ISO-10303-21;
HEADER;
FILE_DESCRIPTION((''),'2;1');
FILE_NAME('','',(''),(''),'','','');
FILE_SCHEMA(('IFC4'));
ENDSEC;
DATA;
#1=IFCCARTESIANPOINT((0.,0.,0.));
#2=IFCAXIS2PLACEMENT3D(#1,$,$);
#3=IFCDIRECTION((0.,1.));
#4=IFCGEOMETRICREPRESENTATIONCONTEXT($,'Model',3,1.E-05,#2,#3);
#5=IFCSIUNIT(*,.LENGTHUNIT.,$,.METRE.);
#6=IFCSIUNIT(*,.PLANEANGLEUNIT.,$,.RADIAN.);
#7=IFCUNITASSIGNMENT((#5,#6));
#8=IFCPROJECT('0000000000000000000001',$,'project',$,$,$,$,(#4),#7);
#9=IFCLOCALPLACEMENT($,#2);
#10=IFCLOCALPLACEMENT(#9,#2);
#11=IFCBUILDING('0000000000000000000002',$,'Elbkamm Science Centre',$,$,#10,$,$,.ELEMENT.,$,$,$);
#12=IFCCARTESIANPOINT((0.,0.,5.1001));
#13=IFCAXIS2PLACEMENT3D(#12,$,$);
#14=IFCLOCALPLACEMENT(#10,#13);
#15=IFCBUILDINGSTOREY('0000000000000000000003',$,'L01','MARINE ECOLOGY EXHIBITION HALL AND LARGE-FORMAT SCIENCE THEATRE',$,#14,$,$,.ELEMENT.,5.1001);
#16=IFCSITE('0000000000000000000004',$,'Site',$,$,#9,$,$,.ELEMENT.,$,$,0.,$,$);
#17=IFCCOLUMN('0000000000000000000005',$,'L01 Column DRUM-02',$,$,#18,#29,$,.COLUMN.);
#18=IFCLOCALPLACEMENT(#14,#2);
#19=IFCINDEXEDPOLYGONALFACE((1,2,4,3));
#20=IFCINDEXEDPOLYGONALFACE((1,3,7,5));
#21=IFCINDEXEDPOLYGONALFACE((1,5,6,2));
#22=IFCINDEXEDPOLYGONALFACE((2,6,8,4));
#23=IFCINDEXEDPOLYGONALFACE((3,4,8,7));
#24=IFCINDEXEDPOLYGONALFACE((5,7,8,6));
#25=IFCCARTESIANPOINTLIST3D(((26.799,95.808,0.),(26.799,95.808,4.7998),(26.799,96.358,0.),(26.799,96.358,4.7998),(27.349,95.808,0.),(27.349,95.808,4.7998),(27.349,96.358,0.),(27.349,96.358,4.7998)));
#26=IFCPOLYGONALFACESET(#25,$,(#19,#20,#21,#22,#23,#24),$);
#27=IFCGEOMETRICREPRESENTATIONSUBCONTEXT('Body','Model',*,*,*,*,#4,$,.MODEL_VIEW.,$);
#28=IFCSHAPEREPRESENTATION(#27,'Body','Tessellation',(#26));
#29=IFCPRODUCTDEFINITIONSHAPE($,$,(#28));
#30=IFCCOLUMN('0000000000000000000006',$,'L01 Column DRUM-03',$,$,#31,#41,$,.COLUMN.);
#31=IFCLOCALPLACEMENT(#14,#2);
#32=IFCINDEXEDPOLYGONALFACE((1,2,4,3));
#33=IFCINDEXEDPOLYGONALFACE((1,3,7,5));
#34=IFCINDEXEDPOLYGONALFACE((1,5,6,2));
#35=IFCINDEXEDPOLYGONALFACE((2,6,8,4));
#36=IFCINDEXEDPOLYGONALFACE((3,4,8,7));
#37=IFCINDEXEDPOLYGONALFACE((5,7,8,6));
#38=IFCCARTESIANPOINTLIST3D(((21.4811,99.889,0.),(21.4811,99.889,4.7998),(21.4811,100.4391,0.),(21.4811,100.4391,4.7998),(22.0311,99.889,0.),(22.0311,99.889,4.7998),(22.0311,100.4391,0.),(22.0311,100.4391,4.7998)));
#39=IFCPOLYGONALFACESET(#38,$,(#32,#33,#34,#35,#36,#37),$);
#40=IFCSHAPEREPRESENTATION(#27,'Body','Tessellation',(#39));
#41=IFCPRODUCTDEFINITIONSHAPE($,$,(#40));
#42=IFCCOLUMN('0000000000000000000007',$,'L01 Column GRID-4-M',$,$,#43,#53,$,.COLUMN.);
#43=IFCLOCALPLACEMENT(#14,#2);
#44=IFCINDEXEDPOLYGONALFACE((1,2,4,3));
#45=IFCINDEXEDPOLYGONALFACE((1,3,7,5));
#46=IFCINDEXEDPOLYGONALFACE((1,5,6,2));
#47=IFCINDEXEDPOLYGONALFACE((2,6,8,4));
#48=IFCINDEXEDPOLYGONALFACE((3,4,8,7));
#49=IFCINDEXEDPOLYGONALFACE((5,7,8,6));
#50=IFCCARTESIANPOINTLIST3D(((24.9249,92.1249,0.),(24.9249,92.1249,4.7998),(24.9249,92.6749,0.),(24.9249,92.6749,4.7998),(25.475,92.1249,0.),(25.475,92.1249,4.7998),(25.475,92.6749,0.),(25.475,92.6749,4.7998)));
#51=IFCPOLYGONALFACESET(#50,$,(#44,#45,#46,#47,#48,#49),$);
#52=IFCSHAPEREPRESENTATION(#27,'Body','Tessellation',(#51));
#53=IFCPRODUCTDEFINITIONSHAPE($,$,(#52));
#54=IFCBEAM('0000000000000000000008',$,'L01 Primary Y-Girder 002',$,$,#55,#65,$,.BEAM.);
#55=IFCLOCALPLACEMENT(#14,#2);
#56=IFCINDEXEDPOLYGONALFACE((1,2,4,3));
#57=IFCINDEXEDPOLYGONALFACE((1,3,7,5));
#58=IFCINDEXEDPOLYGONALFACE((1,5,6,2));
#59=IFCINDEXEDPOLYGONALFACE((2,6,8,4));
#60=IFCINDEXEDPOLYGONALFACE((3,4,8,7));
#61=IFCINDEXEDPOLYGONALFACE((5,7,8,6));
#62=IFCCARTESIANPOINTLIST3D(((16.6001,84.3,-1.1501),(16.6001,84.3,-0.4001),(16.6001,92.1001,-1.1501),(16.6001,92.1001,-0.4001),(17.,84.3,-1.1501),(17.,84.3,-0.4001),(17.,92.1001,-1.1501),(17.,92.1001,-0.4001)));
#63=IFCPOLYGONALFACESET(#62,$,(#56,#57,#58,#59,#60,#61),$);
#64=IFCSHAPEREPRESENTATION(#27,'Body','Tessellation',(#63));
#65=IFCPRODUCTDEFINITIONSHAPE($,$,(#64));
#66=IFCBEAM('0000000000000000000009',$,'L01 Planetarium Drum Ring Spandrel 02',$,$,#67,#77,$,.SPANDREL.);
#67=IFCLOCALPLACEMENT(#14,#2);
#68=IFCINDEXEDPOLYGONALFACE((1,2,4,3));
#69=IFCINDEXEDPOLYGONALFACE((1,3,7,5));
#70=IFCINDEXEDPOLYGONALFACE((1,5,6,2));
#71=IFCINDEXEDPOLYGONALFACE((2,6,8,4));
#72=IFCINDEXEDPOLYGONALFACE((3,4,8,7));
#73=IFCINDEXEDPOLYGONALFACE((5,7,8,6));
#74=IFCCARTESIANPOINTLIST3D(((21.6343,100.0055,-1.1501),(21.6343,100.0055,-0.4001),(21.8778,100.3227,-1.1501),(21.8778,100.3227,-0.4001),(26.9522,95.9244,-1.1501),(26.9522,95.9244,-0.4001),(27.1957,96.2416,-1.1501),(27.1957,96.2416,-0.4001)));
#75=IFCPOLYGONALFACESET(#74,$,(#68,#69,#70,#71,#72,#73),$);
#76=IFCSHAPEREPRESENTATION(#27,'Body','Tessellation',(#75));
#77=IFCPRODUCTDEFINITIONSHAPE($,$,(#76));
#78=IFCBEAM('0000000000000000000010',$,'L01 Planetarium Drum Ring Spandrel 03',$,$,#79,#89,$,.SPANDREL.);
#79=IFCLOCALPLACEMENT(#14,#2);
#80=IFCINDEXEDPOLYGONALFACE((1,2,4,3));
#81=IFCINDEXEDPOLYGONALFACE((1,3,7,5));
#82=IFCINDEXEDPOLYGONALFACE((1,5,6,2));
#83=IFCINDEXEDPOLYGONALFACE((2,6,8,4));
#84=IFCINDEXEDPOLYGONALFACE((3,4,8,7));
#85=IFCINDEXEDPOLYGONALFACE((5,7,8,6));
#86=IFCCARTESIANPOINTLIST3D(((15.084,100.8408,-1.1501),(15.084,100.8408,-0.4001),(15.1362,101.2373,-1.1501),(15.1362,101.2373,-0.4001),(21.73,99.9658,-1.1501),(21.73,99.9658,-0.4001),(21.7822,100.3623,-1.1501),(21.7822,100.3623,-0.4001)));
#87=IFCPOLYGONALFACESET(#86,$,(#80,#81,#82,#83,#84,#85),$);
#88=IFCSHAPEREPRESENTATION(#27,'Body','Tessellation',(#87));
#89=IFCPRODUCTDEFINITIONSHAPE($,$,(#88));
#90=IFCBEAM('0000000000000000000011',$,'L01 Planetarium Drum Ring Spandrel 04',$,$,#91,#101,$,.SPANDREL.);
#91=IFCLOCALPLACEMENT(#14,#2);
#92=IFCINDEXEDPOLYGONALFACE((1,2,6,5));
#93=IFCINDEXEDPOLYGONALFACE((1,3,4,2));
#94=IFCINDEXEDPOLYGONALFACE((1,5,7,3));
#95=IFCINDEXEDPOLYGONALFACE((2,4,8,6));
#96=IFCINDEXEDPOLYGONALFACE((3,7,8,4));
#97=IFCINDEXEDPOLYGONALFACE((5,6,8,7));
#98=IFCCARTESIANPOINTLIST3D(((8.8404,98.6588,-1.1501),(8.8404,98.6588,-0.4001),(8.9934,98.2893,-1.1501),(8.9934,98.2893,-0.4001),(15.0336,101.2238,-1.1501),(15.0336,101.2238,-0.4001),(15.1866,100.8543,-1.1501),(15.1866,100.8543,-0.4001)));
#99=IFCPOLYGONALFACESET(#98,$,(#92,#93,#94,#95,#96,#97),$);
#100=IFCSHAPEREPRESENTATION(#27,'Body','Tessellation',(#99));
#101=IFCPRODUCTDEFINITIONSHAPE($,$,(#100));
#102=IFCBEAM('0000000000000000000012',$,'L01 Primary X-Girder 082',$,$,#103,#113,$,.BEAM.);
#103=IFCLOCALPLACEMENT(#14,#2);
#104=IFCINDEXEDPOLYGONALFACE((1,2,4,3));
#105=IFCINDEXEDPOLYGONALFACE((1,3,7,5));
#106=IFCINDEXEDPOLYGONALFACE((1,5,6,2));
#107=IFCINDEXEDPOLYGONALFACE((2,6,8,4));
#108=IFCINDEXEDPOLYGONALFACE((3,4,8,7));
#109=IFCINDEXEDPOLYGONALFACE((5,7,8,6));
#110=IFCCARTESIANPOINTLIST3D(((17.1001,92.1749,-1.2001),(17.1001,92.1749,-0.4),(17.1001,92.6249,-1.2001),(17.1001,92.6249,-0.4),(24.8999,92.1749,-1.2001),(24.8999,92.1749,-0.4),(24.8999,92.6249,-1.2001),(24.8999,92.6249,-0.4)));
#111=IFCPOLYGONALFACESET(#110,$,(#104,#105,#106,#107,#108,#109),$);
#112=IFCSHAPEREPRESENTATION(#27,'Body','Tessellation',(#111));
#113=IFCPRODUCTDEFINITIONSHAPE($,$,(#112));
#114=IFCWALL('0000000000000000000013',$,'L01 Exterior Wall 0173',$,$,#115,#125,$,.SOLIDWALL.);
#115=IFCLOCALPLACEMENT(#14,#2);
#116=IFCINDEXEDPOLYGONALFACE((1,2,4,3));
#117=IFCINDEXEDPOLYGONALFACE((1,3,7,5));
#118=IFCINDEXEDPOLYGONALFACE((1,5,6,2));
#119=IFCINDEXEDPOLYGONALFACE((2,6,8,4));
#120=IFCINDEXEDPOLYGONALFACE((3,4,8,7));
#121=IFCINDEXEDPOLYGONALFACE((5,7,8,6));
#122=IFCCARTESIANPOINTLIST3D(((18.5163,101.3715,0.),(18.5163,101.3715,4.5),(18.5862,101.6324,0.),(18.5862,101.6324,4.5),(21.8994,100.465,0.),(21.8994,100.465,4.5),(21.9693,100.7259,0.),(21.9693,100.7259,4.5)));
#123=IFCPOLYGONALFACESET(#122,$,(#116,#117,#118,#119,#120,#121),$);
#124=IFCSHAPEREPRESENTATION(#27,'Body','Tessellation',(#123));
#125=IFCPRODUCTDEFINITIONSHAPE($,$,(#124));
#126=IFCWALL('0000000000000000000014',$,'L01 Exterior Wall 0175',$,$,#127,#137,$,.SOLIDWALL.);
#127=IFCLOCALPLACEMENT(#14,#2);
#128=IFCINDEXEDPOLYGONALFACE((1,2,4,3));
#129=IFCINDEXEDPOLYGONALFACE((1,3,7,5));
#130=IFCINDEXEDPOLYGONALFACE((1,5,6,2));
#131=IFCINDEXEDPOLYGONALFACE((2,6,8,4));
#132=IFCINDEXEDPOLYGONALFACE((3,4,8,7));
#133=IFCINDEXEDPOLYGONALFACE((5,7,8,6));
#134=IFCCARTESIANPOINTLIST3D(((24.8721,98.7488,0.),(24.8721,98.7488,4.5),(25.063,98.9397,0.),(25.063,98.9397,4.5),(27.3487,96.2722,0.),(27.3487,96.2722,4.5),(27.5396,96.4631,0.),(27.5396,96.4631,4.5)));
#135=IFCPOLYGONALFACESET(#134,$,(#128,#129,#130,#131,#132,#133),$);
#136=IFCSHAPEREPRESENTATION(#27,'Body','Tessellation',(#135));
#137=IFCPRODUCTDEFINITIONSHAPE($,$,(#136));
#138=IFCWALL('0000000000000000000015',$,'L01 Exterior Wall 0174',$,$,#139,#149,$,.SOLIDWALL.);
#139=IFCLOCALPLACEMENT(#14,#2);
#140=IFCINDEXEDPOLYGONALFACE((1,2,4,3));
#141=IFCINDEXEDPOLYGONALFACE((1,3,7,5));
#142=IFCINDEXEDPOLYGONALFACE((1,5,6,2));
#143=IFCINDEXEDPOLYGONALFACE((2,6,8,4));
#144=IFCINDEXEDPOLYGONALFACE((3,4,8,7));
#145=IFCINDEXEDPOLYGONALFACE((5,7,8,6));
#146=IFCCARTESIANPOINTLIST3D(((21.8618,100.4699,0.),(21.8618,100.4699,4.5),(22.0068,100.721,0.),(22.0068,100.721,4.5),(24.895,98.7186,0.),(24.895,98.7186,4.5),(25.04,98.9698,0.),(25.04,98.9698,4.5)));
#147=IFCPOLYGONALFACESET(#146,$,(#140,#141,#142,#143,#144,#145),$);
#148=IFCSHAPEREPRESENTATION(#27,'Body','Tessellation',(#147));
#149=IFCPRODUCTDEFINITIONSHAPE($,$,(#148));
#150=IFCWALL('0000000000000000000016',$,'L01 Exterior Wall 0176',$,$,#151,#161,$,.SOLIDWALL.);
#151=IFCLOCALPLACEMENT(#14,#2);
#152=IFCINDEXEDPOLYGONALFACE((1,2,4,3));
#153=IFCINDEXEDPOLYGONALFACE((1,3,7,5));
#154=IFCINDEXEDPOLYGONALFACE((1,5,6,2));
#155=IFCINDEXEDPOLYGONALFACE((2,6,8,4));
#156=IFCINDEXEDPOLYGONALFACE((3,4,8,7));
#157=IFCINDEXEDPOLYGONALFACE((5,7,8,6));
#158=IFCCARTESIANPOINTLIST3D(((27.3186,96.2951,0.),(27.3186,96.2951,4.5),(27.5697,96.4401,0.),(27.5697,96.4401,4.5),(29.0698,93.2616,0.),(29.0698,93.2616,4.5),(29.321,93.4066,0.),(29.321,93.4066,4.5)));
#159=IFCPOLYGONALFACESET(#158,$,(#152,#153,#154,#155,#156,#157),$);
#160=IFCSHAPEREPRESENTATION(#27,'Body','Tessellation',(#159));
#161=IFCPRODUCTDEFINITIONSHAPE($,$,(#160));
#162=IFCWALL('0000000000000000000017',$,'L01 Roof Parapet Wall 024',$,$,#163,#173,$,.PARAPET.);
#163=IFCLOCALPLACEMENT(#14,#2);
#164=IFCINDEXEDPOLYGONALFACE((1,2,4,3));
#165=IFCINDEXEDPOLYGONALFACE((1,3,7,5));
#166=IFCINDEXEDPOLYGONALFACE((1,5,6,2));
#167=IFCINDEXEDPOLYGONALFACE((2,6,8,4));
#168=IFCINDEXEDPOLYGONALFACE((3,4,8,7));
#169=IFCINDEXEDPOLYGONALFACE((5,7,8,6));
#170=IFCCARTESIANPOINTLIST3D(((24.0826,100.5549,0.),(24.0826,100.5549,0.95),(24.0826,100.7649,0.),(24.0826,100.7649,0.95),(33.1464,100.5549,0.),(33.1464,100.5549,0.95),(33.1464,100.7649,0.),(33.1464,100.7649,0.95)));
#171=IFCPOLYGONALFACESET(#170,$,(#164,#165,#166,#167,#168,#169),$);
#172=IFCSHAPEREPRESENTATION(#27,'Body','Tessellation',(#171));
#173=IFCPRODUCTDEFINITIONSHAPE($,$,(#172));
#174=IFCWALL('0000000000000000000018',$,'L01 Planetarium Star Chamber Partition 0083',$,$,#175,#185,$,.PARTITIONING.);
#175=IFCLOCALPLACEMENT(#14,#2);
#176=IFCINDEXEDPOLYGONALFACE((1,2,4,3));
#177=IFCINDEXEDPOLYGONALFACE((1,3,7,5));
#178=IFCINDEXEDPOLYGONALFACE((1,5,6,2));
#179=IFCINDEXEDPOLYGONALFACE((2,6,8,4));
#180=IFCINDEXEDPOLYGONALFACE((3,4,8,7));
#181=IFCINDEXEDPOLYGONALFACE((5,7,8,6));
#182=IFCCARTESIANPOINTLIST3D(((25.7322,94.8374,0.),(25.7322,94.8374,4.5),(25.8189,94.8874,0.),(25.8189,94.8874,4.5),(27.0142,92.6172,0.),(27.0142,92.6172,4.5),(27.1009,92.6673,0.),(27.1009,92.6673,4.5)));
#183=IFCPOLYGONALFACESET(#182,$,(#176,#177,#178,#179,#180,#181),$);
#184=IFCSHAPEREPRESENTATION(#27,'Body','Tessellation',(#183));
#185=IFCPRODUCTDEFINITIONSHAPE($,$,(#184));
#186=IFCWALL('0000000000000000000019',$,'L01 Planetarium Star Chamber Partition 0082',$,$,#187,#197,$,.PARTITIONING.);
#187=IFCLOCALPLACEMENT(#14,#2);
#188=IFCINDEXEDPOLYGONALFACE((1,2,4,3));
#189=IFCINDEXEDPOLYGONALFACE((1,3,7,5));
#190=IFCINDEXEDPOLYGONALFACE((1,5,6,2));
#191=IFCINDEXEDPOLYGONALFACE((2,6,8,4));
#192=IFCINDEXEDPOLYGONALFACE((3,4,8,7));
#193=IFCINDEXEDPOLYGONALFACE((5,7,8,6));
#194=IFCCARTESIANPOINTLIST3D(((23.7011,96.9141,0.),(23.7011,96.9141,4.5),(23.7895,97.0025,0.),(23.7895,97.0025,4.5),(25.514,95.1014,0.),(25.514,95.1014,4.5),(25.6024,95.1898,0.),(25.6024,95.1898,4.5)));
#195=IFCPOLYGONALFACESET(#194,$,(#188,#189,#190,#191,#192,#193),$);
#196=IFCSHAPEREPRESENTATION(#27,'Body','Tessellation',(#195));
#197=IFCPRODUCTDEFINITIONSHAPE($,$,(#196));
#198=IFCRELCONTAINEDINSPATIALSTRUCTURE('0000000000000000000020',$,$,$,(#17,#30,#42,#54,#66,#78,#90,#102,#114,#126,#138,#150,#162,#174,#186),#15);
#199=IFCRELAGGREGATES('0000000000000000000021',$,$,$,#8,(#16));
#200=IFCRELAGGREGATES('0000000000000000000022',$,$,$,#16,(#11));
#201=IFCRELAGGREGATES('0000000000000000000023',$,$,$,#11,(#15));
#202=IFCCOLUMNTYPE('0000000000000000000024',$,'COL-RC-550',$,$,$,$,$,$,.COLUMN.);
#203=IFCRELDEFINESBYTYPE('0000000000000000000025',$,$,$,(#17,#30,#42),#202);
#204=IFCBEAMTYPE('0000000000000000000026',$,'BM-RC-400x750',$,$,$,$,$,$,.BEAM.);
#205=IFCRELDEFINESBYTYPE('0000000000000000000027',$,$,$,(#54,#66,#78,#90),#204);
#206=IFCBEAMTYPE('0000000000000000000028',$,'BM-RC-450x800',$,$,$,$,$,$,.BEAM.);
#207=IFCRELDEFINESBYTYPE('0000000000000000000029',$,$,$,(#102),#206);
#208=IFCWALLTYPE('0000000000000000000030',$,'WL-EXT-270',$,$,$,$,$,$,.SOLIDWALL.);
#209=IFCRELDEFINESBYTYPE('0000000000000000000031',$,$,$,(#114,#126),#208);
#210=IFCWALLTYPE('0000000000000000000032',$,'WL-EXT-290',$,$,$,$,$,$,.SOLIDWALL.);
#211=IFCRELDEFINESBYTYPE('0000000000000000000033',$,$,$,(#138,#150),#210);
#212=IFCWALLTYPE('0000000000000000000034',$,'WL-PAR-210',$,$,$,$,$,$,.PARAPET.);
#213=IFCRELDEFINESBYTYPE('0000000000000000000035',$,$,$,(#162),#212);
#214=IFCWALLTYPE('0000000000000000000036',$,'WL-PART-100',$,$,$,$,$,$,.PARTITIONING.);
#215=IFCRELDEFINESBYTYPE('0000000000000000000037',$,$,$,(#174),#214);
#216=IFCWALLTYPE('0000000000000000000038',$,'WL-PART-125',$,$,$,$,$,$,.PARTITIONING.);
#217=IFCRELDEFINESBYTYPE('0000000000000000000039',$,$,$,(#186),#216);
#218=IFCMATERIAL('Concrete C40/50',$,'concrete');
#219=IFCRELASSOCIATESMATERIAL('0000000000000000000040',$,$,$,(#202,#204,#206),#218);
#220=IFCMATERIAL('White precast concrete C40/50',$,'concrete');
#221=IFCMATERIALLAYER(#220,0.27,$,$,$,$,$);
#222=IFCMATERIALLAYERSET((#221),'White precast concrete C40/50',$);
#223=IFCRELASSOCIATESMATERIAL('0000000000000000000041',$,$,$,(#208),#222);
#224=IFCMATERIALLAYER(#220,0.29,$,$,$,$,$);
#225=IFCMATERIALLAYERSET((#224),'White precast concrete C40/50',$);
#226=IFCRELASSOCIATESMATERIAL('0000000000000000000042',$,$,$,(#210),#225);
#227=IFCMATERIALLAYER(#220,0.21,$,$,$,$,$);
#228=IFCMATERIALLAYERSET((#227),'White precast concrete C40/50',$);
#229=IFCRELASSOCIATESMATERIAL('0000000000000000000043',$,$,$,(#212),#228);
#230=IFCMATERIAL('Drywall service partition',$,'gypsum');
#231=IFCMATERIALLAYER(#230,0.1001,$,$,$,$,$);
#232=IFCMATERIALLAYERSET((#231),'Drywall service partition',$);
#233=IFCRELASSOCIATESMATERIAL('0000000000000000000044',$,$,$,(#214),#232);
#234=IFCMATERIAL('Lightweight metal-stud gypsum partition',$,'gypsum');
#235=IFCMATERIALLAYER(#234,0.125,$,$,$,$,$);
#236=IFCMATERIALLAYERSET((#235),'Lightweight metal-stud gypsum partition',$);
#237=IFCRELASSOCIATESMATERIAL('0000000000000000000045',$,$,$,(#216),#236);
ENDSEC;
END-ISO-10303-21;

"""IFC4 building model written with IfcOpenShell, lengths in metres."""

from ifc_helpers import new_model, si_unit, direction, frame, frame_2d, origin, origin_2d, place, context, subcontext, project, spatial, rectangle, extrude, material, layer, layer_set, material_profile, profile_set, type_object, element, save


model = new_model("IFC4")

# Units and contexts
model_context = context("Model", 3, precision=1e-05, world=origin(), true_north=direction((0.0, 1.0)))
body_context = subcontext(model_context, "Body", "Model", "MODEL_VIEW")
ifc_project = project(units=[si_unit("LENGTHUNIT", "METRE"), si_unit("PLANEANGLEUNIT", "RADIAN")], contexts=[model_context])

# Site, building, storey
site_placement = place(None, origin())
site = spatial("IfcSite", under=ifc_project, at=site_placement, Name="Site", CompositionType="ELEMENT", RefElevation=0.0)
building_placement = place(site_placement, origin())
building = spatial("IfcBuilding", under=site, at=building_placement, Name="Elbkamm Science Centre", CompositionType="ELEMENT")
storey_placement = place(building_placement, frame((0.0, 0.0, 5.1001)))
storey = spatial("IfcBuildingStorey", under=building, at=storey_placement, Name="L01", Description="MARINE ECOLOGY EXHIBITION HALL AND LARGE-FORMAT SCIENCE THEATRE", CompositionType="ELEMENT", Elevation=5.1001)

# Columns
ifc_material_1 = material(Name="Concrete C40/50", Category="concrete")
ifc_material_profile_1 = material_profile(ifc_material_1, rectangle(XDim=0.55, YDim=0.55, at=origin_2d()), Name="RC 550x550")
ifc_profile_set_1 = profile_set([ifc_material_profile_1], Name="Concrete C40/50")
column_type = type_object("IfcColumnType", Name="COL-RC-550", PredefinedType="COLUMN", material=ifc_profile_set_1)
for number, where, z_axis, x_axis, name in (
    (1, (27.074, 96.083, 0.0), (0.0, 0.0, 1.0), (1.0, 0.0, 0.0), "L01 Column DRUM-02"),
    (2, (21.7561, 100.1641, 0.0), (0.0, 0.0, 1.0), (1.0, 0.0, 0.0), "L01 Column DRUM-03"),
    (3, (25.2, 92.3999, 0.0), (0.0, 0.0, 1.0), (1.0, 0.0, 0.0), "L01 Column GRID-4-M"),
):
    element("IfcColumn", number, at=place(storey_placement, frame(where, z_axis=z_axis, x_axis=x_axis)), inside=storey, type_object=column_type, Name=name, PredefinedType="COLUMN", context=body_context, shape_type="SweptSolid", body=[
        extrude(rectangle(XDim=0.55, YDim=0.55, at=origin_2d()), origin(), (0.0, 0.0, 1.0), 4.7998),
    ])

# Beams
ifc_material_profile_2 = material_profile(ifc_material_1, rectangle(XDim=0.3999, YDim=0.75, at=origin_2d()), Name="RC 400x750")
ifc_profile_set_2 = profile_set([ifc_material_profile_2], Name="Concrete C40/50")
beam_type_1 = type_object("IfcBeamType", Name="BM-RC-400x750", PredefinedType="BEAM", material=ifc_profile_set_2)
beam_1_placement = place(storey_placement, frame((16.8, 84.3, -0.7751), z_axis=(0.0, 1.0, 0.0), x_axis=(-1.0, 0.0, 0.0)))
element("IfcBeam", 4, at=beam_1_placement, inside=storey, type_object=beam_type_1, Name="L01 Primary Y-Girder 002", PredefinedType="BEAM", context=body_context, shape_type="SweptSolid", body=[
    extrude(rectangle(XDim=0.3999, YDim=0.75, at=origin_2d()), origin(), (0.0, 0.0, 1.0), 7.8),
])
for number, where, z_axis, x_axis, name in (
    (5, (27.074, 96.083, -0.7751), (-0.793317, 0.608809, 0.0), (-0.608809, -0.793317, 0.0), "L01 Planetarium Drum Ring Spandrel 02"),
    (6, (21.7561, 100.1641, -0.7751), (-0.991444, 0.130532, 0.0), (-0.130532, -0.991444, 0.0), "L01 Planetarium Drum Ring Spandrel 03"),
    (7, (15.1101, 101.0391, -0.7751), (-0.923897, -0.382641, 0.0), (0.382641, -0.923897, 0.0), "L01 Planetarium Drum Ring Spandrel 04"),
):
    element("IfcBeam", number, at=place(storey_placement, frame(where, z_axis=z_axis, x_axis=x_axis)), inside=storey, type_object=beam_type_1, Name=name, PredefinedType="SPANDREL", context=body_context, shape_type="SweptSolid", body=[
        extrude(rectangle(XDim=0.3999, YDim=0.75, at=origin_2d()), origin(), (0.0, 0.0, 1.0), 6.7034),
    ])
ifc_material_profile_3 = material_profile(ifc_material_1, rectangle(XDim=0.45, YDim=0.8, at=origin_2d()), Name="RC 450x800")
ifc_profile_set_3 = profile_set([ifc_material_profile_3], Name="Concrete C40/50")
beam_type_2 = type_object("IfcBeamType", Name="BM-RC-450x800", PredefinedType="BEAM", material=ifc_profile_set_3)
beam_2_placement = place(storey_placement, frame((17.1001, 92.3999, -0.8), z_axis=(1.0, 0.0, 0.0), x_axis=(0.0, 1.0, 0.0)))
element("IfcBeam", 8, at=beam_2_placement, inside=storey, type_object=beam_type_2, Name="L01 Primary X-Girder 082", PredefinedType="BEAM", context=body_context, shape_type="SweptSolid", body=[
    extrude(rectangle(XDim=0.45, YDim=0.8, at=origin_2d()), origin(), (0.0, 0.0, 1.0), 7.7998),
])

# Walls
ifc_material_2 = material(Name="White precast concrete C40/50", Category="concrete")
ifc_layer_1 = layer(ifc_material_2, 0.27)
ifc_layer_set_1 = layer_set([ifc_layer_1], Name="White precast concrete C40/50")
wall_type_1 = type_object("IfcWallType", Name="WL-EXT-270", PredefinedType="SOLIDWALL", material=ifc_layer_set_1)
for number, where, z_axis, x_axis, name in (
    (9, (18.5513, 101.502, 0.0), (0.0, 0.0, 1.0), (0.965925, -0.258821, 0.0), "L01 Exterior Wall 0173"),
    (10, (24.9675, 98.8442, 0.0), (0.0, 0.0, 1.0), (0.707107, -0.707107, 0.0), "L01 Exterior Wall 0175"),
):
    element("IfcWall", number, at=place(storey_placement, frame(where, z_axis=z_axis, x_axis=x_axis)), inside=storey, type_object=wall_type_1, Name=name, PredefinedType="SOLIDWALL", context=body_context, shape_type="SweptSolid", body=[
        extrude(rectangle(XDim=3.5024, YDim=0.27, at=frame_2d((1.7512, 0.0))), origin(), (0.0, 0.0, 1.0), 4.5),
    ])
ifc_layer_2 = layer(ifc_material_2, 0.29)
ifc_layer_set_2 = layer_set([ifc_layer_2], Name="White precast concrete C40/50")
wall_type_2 = type_object("IfcWallType", Name="WL-EXT-290", PredefinedType="SOLIDWALL", material=ifc_layer_set_2)
wall_1_placement = place(storey_placement, frame((21.9343, 100.5955, 0.0), z_axis=(0.0, 0.0, 1.0), x_axis=(0.866025, -0.5, 0.0)))
element("IfcWall", 11, at=wall_1_placement, inside=storey, type_object=wall_type_2, Name="L01 Exterior Wall 0174", PredefinedType="SOLIDWALL", context=body_context, shape_type="SweptSolid", body=[
    extrude(rectangle(XDim=3.5024, YDim=0.29, at=frame_2d((1.7512, 0.0))), origin(), (0.0, 0.0, 1.0), 4.5),
])
wall_2_placement = place(storey_placement, frame((27.4441, 96.3677, 0.0), z_axis=(0.0, 0.0, 1.0), x_axis=(0.49997, -0.866043, 0.0)))
element("IfcWall", 12, at=wall_2_placement, inside=storey, type_object=wall_type_2, Name="L01 Exterior Wall 0176", PredefinedType="SOLIDWALL", context=body_context, shape_type="SweptSolid", body=[
    extrude(rectangle(XDim=3.5027, YDim=0.29, at=frame_2d((1.7515, 0.0))), origin(), (0.0, 0.0, 1.0), 4.5),
])
ifc_layer_3 = layer(ifc_material_2, 0.21)
ifc_layer_set_3 = layer_set([ifc_layer_3], Name="White precast concrete C40/50")
wall_type_3 = type_object("IfcWallType", Name="WL-PAR-210", PredefinedType="PARAPET", material=ifc_layer_set_3)
wall_3_placement = place(storey_placement, frame((24.0828, 100.6599, 0.0), z_axis=(0.0, 0.0, 1.0), x_axis=(1.0, 0.0, 0.0)))
element("IfcWall", 13, at=wall_3_placement, inside=storey, type_object=wall_type_3, Name="L01 Roof Parapet Wall 024", PredefinedType="PARAPET", context=body_context, shape_type="SweptSolid", body=[
    extrude(rectangle(XDim=9.0637, YDim=0.21, at=frame_2d((4.5317, 0.0))), origin(), (0.0, 0.0, 1.0), 0.95),
])
ifc_material_3 = material(Name="Drywall service partition", Category="gypsum")
ifc_layer_4 = layer(ifc_material_3, 0.1001)
ifc_layer_set_4 = layer_set([ifc_layer_4], Name="Drywall service partition")
wall_type_4 = type_object("IfcWallType", Name="WL-PART-100", PredefinedType="PARTITIONING", material=ifc_layer_set_4)
for number, where, z_axis, x_axis, name in (
    (14, (25.7756, 94.8623, 0.0), (0.0, 0.0, 1.0), (0.500041, -0.866002, 0.0), "L01 Planetarium Star Chamber Partition 0083"),
):
    element("IfcWall", number, at=place(storey_placement, frame(where, z_axis=z_axis, x_axis=x_axis)), inside=storey, type_object=wall_type_4, Name=name, PredefinedType="PARTITIONING", context=body_context, shape_type="SweptSolid", body=[
        extrude(rectangle(XDim=2.5637, YDim=0.1001, at=frame_2d((1.2817, 0.0))), origin(), (0.0, 0.0, 1.0), 4.5),
    ])
ifc_material_4 = material(Name="Lightweight metal-stud gypsum partition", Category="gypsum")
ifc_layer_5 = layer(ifc_material_4, 0.125)
ifc_layer_set_5 = layer_set([ifc_layer_5], Name="Lightweight metal-stud gypsum partition")
wall_type_5 = type_object("IfcWallType", Name="WL-PART-125", PredefinedType="PARTITIONING", material=ifc_layer_set_5)
for number, where, z_axis, x_axis, name in (
    (15, (23.7454, 96.9583, 0.0), (0.0, 0.0, 1.0), (0.707154, -0.707059, 0.0), "L01 Planetarium Star Chamber Partition 0082"),
):
    element("IfcWall", number, at=place(storey_placement, frame(where, z_axis=z_axis, x_axis=x_axis)), inside=storey, type_object=wall_type_5, Name=name, PredefinedType="PARTITIONING", context=body_context, shape_type="SweptSolid", body=[
        extrude(rectangle(XDim=2.5637, YDim=0.125, at=frame_2d((1.2817, 0.0))), origin(), (0.0, 0.0, 1.0), 4.5),
    ])

save(model, "model.ifc")
